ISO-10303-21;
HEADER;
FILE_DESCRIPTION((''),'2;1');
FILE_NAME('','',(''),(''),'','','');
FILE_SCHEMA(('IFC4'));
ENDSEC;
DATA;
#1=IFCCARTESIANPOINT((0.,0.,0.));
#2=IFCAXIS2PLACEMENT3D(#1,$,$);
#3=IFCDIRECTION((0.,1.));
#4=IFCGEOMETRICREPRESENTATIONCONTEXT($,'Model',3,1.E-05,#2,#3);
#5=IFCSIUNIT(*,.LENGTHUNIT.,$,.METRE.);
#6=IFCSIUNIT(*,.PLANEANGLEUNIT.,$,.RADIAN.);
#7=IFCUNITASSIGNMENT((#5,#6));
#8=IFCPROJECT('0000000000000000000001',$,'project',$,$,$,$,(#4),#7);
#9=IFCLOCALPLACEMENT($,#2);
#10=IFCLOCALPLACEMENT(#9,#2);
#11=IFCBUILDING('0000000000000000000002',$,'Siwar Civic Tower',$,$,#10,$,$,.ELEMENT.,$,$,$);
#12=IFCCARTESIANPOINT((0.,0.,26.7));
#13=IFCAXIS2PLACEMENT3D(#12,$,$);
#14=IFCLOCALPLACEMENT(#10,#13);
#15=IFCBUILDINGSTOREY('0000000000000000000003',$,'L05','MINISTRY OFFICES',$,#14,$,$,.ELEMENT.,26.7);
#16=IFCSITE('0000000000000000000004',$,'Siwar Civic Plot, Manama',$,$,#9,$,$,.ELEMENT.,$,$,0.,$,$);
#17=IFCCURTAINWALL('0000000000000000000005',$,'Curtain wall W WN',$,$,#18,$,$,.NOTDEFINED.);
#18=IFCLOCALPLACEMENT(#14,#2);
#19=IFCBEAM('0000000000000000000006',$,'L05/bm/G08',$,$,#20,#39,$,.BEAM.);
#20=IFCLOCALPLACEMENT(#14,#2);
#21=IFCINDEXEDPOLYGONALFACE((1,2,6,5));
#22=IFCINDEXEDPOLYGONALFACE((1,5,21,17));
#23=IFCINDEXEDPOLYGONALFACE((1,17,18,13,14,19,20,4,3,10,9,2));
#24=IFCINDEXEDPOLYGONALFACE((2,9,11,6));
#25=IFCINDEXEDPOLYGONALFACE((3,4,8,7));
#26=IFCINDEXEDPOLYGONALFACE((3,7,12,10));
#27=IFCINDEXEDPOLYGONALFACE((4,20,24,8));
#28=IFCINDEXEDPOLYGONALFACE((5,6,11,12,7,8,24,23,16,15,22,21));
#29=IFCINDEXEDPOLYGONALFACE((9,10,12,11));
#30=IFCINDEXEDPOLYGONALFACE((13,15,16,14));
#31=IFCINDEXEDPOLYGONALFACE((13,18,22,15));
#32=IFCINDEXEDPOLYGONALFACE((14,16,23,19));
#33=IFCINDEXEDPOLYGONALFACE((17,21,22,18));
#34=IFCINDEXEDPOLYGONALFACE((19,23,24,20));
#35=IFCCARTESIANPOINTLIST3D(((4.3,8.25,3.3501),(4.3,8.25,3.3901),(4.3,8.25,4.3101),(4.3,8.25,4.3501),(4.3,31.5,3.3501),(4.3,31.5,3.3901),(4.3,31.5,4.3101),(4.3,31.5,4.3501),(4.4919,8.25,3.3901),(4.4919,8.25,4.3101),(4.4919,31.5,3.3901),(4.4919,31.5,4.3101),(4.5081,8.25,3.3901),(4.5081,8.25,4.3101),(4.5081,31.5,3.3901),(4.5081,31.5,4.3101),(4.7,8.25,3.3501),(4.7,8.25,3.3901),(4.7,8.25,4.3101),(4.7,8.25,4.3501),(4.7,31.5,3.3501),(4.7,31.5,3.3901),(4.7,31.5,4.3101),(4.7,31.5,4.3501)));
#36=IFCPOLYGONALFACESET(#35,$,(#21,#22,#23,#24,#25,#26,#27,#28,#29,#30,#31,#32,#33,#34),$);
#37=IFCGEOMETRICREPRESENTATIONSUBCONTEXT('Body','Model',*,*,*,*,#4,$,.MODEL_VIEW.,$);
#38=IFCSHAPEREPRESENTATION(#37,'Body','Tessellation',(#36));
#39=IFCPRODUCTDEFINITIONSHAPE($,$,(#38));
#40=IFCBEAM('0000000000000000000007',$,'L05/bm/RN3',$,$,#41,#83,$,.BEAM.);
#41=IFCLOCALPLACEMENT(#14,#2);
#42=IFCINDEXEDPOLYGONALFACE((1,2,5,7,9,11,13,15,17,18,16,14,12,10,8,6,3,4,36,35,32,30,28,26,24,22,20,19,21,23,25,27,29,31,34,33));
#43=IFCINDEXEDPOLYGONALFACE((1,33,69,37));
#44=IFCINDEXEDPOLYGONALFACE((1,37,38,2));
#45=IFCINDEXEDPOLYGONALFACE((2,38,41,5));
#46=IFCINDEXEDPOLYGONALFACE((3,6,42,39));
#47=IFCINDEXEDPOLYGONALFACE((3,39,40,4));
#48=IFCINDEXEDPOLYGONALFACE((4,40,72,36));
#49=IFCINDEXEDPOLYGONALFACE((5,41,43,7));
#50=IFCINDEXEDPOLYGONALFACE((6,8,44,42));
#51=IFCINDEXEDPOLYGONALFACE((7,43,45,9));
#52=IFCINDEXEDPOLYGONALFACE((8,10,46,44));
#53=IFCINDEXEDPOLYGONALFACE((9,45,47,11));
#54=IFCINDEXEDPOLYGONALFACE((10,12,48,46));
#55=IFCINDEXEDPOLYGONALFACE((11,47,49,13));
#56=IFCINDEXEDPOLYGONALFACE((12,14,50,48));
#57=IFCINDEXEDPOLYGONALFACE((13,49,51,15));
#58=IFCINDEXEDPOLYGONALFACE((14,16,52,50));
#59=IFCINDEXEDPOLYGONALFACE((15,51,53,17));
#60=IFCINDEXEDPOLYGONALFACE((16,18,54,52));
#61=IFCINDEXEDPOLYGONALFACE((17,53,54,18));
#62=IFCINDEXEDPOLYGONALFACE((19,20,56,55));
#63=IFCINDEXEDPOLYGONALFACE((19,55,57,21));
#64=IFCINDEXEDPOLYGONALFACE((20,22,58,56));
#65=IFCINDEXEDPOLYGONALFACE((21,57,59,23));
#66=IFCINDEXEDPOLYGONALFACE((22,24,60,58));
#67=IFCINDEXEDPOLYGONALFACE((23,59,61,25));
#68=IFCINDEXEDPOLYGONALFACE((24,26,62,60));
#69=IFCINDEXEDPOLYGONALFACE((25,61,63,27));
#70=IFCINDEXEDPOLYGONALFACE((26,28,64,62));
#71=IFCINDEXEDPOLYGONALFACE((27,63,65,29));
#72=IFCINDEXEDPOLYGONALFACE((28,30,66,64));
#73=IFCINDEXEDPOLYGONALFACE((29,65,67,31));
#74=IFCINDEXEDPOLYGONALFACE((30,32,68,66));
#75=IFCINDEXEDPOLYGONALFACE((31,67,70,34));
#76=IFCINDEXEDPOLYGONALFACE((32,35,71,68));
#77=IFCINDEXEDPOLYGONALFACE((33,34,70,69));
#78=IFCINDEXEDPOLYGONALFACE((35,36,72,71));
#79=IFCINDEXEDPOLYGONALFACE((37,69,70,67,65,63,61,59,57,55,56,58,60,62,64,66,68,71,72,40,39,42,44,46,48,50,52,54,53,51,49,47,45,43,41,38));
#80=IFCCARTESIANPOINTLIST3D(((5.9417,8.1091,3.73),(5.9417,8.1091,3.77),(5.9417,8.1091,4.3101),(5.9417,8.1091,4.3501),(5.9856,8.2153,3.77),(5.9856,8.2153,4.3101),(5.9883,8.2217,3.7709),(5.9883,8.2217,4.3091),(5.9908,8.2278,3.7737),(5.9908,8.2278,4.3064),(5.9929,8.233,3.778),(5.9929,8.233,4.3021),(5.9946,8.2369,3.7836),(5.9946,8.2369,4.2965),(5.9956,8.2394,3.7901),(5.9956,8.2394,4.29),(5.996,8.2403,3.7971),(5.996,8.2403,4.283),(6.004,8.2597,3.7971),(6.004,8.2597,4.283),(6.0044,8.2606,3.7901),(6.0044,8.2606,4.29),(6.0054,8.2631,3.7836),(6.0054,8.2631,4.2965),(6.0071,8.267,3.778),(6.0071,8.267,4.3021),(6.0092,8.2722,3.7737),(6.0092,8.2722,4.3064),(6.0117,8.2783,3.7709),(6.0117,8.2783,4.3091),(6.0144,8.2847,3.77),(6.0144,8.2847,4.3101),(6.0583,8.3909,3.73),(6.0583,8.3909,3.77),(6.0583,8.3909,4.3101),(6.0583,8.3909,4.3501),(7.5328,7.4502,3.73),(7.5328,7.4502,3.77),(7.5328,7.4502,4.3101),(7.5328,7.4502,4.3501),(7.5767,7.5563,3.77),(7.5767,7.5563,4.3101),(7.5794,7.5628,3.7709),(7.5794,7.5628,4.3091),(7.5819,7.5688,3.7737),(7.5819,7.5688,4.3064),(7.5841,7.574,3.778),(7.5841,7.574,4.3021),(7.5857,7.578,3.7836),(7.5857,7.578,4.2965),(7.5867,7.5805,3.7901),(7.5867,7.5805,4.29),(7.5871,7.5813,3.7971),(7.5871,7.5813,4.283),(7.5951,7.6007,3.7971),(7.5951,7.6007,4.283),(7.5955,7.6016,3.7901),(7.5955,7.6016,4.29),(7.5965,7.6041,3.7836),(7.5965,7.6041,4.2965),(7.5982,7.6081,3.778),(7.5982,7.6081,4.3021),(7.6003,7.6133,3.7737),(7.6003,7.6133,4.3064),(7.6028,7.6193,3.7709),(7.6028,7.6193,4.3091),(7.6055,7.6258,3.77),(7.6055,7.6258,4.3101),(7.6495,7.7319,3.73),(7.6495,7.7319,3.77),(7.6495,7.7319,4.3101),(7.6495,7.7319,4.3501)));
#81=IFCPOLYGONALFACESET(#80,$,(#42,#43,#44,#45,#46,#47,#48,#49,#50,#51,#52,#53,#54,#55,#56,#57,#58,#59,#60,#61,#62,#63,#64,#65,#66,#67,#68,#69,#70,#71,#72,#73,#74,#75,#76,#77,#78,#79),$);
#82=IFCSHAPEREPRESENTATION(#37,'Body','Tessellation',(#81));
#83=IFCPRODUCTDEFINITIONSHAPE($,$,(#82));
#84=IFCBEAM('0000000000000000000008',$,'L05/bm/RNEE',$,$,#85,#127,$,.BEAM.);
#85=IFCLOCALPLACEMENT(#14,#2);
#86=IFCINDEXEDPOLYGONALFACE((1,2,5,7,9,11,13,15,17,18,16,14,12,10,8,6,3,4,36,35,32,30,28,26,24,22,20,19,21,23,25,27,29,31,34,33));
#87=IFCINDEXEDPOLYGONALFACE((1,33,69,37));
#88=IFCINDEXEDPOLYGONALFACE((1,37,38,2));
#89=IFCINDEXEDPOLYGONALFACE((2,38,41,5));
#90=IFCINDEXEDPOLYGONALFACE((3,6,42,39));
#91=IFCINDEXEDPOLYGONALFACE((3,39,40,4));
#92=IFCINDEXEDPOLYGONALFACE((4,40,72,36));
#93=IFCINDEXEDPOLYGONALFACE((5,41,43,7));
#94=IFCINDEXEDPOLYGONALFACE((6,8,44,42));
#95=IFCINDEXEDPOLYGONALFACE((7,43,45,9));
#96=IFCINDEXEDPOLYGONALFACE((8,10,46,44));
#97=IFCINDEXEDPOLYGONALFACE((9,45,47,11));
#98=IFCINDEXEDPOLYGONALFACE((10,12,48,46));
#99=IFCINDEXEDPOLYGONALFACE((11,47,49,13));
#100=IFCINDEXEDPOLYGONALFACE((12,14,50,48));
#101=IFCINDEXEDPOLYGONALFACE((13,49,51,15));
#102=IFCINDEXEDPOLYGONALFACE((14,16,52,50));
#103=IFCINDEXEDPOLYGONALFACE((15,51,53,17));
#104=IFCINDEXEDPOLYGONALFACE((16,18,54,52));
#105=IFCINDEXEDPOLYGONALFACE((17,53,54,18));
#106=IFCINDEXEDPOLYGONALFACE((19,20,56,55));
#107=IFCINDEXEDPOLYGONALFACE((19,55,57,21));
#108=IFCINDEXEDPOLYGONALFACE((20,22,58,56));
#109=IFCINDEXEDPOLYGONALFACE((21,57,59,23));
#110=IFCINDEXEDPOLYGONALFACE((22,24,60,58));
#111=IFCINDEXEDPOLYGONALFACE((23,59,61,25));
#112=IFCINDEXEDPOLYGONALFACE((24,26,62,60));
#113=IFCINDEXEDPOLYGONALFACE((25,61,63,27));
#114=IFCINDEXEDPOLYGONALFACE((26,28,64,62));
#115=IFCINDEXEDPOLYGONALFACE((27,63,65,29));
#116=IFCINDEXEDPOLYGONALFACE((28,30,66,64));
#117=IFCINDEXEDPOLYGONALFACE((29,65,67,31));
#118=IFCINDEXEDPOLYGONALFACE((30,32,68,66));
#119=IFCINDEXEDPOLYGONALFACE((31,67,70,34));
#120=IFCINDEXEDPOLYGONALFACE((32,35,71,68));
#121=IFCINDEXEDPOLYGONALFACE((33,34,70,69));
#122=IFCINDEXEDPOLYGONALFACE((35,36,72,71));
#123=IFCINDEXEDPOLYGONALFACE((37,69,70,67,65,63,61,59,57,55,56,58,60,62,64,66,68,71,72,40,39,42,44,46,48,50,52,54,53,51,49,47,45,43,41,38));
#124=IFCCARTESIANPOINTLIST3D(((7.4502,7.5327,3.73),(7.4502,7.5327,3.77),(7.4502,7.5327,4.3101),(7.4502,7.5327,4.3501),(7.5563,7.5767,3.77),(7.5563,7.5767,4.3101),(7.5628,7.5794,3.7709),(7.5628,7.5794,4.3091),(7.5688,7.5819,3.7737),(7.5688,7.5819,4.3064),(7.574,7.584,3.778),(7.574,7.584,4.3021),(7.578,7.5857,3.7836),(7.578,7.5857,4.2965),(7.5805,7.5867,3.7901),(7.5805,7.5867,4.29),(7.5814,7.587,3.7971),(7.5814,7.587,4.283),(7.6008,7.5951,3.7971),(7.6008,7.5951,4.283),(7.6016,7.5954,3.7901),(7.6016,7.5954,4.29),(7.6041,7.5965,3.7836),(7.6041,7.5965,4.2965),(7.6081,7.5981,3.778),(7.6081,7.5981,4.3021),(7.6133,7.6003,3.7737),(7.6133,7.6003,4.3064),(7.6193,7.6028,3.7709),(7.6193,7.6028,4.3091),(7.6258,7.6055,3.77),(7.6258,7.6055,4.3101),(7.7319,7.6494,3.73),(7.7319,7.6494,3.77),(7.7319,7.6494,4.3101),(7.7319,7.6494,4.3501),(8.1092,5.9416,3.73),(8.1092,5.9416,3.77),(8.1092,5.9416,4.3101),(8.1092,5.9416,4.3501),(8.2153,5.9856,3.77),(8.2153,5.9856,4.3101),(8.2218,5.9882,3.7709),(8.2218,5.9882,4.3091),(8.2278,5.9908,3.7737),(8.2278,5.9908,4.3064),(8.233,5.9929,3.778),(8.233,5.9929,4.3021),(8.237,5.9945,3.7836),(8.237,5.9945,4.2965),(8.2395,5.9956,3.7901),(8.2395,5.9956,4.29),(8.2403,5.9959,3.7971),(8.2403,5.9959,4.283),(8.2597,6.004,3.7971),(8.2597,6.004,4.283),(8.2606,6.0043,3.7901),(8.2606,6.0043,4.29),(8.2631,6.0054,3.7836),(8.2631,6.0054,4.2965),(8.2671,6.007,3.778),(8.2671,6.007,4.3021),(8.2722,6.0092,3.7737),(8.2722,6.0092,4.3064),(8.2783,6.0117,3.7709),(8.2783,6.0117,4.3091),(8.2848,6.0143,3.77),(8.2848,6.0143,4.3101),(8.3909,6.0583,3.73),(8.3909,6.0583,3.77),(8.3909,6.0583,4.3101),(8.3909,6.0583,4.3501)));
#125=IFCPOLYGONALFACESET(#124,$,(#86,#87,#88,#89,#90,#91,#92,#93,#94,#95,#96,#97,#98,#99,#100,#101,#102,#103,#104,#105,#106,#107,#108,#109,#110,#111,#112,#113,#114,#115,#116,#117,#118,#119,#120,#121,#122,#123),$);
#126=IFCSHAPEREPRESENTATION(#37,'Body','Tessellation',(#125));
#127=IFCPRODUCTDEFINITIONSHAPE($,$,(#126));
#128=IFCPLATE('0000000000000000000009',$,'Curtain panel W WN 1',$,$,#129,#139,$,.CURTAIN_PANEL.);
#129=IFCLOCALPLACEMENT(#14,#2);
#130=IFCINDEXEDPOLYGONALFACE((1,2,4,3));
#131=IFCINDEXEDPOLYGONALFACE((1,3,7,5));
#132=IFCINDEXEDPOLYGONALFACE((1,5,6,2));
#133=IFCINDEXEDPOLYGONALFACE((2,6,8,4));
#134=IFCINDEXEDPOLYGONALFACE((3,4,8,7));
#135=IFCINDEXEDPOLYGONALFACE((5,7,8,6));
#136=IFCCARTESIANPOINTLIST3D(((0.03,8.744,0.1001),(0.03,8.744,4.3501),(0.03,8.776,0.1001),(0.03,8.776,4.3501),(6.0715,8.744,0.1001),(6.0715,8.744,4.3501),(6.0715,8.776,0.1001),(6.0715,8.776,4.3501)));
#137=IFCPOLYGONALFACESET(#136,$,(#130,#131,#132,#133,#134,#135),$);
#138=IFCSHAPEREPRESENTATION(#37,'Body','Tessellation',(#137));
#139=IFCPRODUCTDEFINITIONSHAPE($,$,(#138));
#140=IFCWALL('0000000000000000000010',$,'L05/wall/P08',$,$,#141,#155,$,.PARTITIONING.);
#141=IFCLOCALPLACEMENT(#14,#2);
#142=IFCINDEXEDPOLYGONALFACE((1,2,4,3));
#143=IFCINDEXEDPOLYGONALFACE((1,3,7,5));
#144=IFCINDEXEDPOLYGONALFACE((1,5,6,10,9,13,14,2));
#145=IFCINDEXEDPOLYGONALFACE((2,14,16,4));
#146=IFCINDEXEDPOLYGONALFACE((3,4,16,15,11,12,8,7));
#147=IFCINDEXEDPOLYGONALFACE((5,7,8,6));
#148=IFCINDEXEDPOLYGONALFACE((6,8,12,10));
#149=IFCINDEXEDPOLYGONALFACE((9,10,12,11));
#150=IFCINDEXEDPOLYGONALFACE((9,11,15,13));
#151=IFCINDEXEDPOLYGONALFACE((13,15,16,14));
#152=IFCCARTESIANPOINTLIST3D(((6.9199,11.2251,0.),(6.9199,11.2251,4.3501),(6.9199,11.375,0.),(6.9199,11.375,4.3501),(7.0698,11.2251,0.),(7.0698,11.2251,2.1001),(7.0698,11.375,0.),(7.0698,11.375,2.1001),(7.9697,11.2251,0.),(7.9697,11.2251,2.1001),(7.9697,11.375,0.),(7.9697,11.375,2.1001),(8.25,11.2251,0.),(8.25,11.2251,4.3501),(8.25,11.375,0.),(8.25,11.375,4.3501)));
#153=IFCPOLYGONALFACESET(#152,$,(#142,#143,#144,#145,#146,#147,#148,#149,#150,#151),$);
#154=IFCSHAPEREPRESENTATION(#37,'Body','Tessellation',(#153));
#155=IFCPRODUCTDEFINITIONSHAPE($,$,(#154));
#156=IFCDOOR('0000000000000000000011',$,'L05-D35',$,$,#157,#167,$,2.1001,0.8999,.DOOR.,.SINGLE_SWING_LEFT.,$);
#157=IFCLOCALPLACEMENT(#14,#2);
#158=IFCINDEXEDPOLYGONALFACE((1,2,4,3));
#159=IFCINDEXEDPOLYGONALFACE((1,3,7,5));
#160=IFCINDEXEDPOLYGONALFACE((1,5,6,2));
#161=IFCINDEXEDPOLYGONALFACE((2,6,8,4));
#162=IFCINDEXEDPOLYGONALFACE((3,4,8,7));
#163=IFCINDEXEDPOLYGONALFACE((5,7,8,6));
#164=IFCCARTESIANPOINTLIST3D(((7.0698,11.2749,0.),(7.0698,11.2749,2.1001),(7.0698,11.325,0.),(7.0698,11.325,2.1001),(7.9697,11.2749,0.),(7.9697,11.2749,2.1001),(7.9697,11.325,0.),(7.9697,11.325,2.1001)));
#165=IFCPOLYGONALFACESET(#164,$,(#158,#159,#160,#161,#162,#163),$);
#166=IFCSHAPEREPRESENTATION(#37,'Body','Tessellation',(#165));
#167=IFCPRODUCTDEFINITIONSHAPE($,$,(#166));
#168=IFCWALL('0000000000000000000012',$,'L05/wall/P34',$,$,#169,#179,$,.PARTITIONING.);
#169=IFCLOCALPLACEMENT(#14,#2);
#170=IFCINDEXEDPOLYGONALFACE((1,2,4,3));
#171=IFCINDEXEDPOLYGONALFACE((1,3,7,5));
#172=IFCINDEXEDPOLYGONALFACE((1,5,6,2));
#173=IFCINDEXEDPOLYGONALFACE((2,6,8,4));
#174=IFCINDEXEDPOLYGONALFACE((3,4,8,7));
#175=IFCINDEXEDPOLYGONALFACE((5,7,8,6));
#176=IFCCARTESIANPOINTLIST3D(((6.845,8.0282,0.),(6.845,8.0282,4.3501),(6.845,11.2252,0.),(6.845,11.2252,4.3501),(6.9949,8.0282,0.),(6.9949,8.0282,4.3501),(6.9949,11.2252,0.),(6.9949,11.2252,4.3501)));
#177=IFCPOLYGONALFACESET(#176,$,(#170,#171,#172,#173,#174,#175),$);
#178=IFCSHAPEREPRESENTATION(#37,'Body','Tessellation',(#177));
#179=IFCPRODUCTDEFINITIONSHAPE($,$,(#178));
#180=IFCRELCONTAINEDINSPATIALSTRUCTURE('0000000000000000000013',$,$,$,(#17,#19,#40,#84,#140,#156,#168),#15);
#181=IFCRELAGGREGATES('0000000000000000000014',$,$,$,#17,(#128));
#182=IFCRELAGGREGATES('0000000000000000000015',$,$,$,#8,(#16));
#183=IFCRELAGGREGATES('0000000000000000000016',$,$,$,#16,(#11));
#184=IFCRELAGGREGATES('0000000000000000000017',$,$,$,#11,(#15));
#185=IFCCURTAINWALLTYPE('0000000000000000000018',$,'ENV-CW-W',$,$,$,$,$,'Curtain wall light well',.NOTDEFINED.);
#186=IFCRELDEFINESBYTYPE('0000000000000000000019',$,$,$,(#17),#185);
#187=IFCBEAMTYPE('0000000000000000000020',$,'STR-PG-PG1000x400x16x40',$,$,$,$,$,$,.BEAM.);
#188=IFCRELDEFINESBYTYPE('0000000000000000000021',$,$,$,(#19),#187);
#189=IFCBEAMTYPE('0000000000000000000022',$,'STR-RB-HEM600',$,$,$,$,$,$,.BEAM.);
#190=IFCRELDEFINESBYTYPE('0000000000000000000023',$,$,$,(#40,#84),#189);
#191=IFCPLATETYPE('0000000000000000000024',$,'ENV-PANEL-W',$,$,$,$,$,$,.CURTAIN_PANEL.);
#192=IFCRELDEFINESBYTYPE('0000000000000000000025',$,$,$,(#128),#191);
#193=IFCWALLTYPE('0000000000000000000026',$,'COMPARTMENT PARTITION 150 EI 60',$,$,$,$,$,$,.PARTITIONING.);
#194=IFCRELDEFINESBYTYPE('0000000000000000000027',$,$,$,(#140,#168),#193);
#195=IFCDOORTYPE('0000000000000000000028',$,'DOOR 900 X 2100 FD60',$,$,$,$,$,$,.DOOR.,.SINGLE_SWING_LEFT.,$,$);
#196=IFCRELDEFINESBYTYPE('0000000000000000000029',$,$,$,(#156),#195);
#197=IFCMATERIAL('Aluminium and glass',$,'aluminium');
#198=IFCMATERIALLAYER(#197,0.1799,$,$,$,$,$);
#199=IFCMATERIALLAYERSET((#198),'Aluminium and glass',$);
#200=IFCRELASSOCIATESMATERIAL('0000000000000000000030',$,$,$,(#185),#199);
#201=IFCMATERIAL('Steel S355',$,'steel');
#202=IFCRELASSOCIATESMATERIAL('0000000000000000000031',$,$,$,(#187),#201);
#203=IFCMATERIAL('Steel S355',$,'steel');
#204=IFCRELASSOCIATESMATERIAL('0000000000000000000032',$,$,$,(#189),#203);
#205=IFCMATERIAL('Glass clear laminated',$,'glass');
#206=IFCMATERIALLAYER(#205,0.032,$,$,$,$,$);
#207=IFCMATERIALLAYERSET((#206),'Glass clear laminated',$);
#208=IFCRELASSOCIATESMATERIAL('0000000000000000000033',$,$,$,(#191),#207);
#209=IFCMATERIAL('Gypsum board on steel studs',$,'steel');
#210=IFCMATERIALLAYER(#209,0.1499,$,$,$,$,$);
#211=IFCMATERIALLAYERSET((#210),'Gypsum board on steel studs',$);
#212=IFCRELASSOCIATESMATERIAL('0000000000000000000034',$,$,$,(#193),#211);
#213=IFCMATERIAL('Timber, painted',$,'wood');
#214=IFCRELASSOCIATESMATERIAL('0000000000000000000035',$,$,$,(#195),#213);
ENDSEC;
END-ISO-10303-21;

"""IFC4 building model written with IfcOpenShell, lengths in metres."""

from ifc_helpers import new_model, si_unit, direction, frame, frame_2d, origin, origin_2d, place, context, subcontext, project, spatial, rectangle, i_section, extrude, material, layer, layer_set, material_profile, profile_set, type_object, element, fill, aggregate, save


model = new_model("IFC4")

# Units and contexts
model_context = context("Model", 3, precision=1e-05, world=origin(), true_north=direction((0.0, 1.0)))
body_context = subcontext(model_context, "Body", "Model", "MODEL_VIEW")
ifc_project = project(units=[si_unit("LENGTHUNIT", "METRE"), si_unit("PLANEANGLEUNIT", "RADIAN")], contexts=[model_context])

# Site, building, storey
site_placement = place(None, origin())
site = spatial("IfcSite", under=ifc_project, at=site_placement, Name="Siwar Civic Plot, Manama", CompositionType="ELEMENT", RefElevation=0.0)
building_placement = place(site_placement, origin())
building = spatial("IfcBuilding", under=site, at=building_placement, Name="Siwar Civic Tower", CompositionType="ELEMENT")
storey_placement = place(building_placement, frame((0.0, 0.0, 26.7)))
storey = spatial("IfcBuildingStorey", under=building, at=storey_placement, Name="L05", Description="MINISTRY OFFICES", CompositionType="ELEMENT", Elevation=26.7)

# Curtain wall
ifc_material_1 = material(Name="Aluminium and glass", Category="aluminium")
ifc_layer_1 = layer(ifc_material_1, 0.1799)
ifc_layer_set_1 = layer_set([ifc_layer_1], Name="Aluminium and glass")
curtain_wall_type = type_object("IfcCurtainWallType", Name="ENV-CW-W", ElementType="Curtain wall light well", PredefinedType="NOTDEFINED", material=ifc_layer_set_1)
curtain_wall_placement = place(storey_placement, origin())
curtain_wall = element("IfcCurtainWall", 1, at=curtain_wall_placement, inside=storey, type_object=curtain_wall_type, Name="Curtain wall W WN", PredefinedType="NOTDEFINED")

# Beams
ifc_material_2 = material(Name="Steel S355", Category="steel")
ifc_material_profile_1 = material_profile(ifc_material_2, i_section(OverallWidth=0.3999, OverallDepth=1.0, WebThickness=0.0161, FlangeThickness=0.04, at=origin_2d()), Name="PG1000x400x16x40")
ifc_profile_set_1 = profile_set([ifc_material_profile_1], Name="Steel S355")
beam_type_1 = type_object("IfcBeamType", Name="STR-PG-PG1000x400x16x40", PredefinedType="BEAM", material=ifc_profile_set_1)
beam_1_placement = place(storey_placement, frame((4.5, 8.25, 3.8501), z_axis=(0.0, 1.0, 0.0), x_axis=(-1.0, 0.0, 0.0)))
element("IfcBeam", 2, at=beam_1_placement, inside=storey, type_object=beam_type_1, Name="L05/bm/G08", PredefinedType="BEAM", context=body_context, shape_type="SweptSolid", body=[
    extrude(i_section(OverallWidth=0.3999, OverallDepth=1.0, WebThickness=0.0161, FlangeThickness=0.04, at=origin_2d()), origin(), (0.0, 0.0, 1.0), 23.25),
])
ifc_material_3 = material(Name="Steel S355", Category="steel")
ifc_material_profile_2 = material_profile(ifc_material_3, i_section(OverallWidth=0.3049, OverallDepth=0.6201, WebThickness=0.021, FlangeThickness=0.04, FilletRadius=0.0271, at=origin_2d()), Name="HEM600")
ifc_profile_set_2 = profile_set([ifc_material_profile_2], Name="Steel S355")
beam_type_2 = type_object("IfcBeamType", Name="STR-RB-HEM600", PredefinedType="BEAM", material=ifc_profile_set_2)
for number, where, z_axis, x_axis, name in (
    (3, (6.0, 8.25, 4.04), (0.923901, -0.382631, 0.0), (0.382631, 0.923901, 0.0), "L05/bm/RN3"),
    (4, (7.5911, 7.5911, 4.04), (0.382631, -0.923901, 0.0), (0.923901, 0.382631, 0.0), "L05/bm/RNEE"),
):
    element("IfcBeam", number, at=place(storey_placement, frame(where, z_axis=z_axis, x_axis=x_axis)), inside=storey, type_object=beam_type_2, Name=name, PredefinedType="BEAM", context=body_context, shape_type="SweptSolid", body=[
        extrude(i_section(OverallWidth=0.3049, OverallDepth=0.6201, WebThickness=0.021, FlangeThickness=0.04, FilletRadius=0.0271, at=origin_2d()), origin(), (0.0, 0.0, 1.0), 1.7222),
    ])

# Plate
ifc_material_4 = material(Name="Glass clear laminated", Category="glass")
ifc_layer_2 = layer(ifc_material_4, 0.032)
ifc_layer_set_2 = layer_set([ifc_layer_2], Name="Glass clear laminated")
plate_type = type_object("IfcPlateType", Name="ENV-PANEL-W", PredefinedType="CURTAIN_PANEL", material=ifc_layer_set_2)
plate_placement = place(storey_placement, frame((3.0508, 8.76, 0.1001), z_axis=(0.0, 0.0, 1.0), x_axis=(-1.0, 0.0, 0.0)))
plate = element("IfcPlate", 5, at=plate_placement, type_object=plate_type, Name="Curtain panel W WN 1", PredefinedType="CURTAIN_PANEL", context=body_context, shape_type="SweptSolid", body=[
    extrude(rectangle(XDim=6.0415, YDim=0.032, at=origin_2d()), origin(), (0.0, 0.0, 1.0), 4.25),
])
aggregate(curtain_wall, [plate])

# Wall, opening, door
ifc_material_5 = material(Name="Gypsum board on steel studs", Category="steel")
ifc_layer_3 = layer(ifc_material_5, 0.1499)
ifc_layer_set_3 = layer_set([ifc_layer_3], Name="Gypsum board on steel studs")
wall_type_1 = type_object("IfcWallType", Name="COMPARTMENT PARTITION 150 EI 60", PredefinedType="PARTITIONING", material=ifc_layer_set_3)
wall_1_placement = place(storey_placement, frame((6.9199, 11.3, 0.0), z_axis=(0.0, 0.0, 1.0), x_axis=(1.0, 0.0, 0.0)))
wall_1 = element("IfcWall", 6, at=wall_1_placement, inside=storey, type_object=wall_type_1, Name="L05/wall/P08", PredefinedType="PARTITIONING", context=body_context, shape_type="SweptSolid", body=[
    extrude(rectangle(XDim=1.3301, YDim=0.1499, at=frame_2d((0.665, 0.0))), origin(), (0.0, 0.0, 1.0), 4.3501),
])
opening_1_placement = place(wall_1_placement, frame((0.1499, 0.0, 0.0)))
opening_1 = element("IfcOpeningElement", 7, at=opening_1_placement, cuts=wall_1, PredefinedType="OPENING", context=body_context, shape_type="SweptSolid", body=[
    extrude(rectangle(XDim=0.8999, YDim=2.1001, at=frame_2d((0.45, 1.05))), frame((0.0, 0.085, 0.0), z_axis=(0.0, -1.0, 0.0), x_axis=(1.0, 0.0, 0.0)), (0.0, 0.0, 1.0), 0.1699),
])
ifc_material_6 = material(Name="Timber, painted", Category="wood")
door_type_1 = type_object("IfcDoorType", Name="DOOR 900 X 2100 FD60", OperationType="SINGLE_SWING_LEFT", PredefinedType="DOOR", material=ifc_material_6)
door_1_placement = place(opening_1_placement, origin())
door_1 = element("IfcDoor", 8, at=door_1_placement, inside=storey, type_object=door_type_1, Name="L05-D35", OperationType="SINGLE_SWING_LEFT", OverallHeight=2.1001, OverallWidth=0.8999, PredefinedType="DOOR", context=body_context, shape_type="SweptSolid", body=[
    extrude(rectangle(XDim=0.8999, YDim=2.1001, at=frame_2d((0.45, 1.05))), frame((0.0, 0.0249, 0.0), z_axis=(0.0, -1.0, 0.0), x_axis=(1.0, 0.0, 0.0)), (0.0, 0.0, 1.0), 0.05),
])
fill(opening_1, door_1)

# Wall
wall_2_placement = place(storey_placement, frame((6.9199, 8.0281, 0.0), z_axis=(0.0, 0.0, 1.0), x_axis=(0.0, 1.0, 0.0)))
element("IfcWall", 9, at=wall_2_placement, inside=storey, type_object=wall_type_1, Name="L05/wall/P34", PredefinedType="PARTITIONING", context=body_context, shape_type="SweptSolid", body=[
    extrude(rectangle(XDim=3.197, YDim=0.1499, at=frame_2d((1.5986, 0.0))), origin(), (0.0, 0.0, 1.0), 4.3501),
])

save(model, "model.ifc")
